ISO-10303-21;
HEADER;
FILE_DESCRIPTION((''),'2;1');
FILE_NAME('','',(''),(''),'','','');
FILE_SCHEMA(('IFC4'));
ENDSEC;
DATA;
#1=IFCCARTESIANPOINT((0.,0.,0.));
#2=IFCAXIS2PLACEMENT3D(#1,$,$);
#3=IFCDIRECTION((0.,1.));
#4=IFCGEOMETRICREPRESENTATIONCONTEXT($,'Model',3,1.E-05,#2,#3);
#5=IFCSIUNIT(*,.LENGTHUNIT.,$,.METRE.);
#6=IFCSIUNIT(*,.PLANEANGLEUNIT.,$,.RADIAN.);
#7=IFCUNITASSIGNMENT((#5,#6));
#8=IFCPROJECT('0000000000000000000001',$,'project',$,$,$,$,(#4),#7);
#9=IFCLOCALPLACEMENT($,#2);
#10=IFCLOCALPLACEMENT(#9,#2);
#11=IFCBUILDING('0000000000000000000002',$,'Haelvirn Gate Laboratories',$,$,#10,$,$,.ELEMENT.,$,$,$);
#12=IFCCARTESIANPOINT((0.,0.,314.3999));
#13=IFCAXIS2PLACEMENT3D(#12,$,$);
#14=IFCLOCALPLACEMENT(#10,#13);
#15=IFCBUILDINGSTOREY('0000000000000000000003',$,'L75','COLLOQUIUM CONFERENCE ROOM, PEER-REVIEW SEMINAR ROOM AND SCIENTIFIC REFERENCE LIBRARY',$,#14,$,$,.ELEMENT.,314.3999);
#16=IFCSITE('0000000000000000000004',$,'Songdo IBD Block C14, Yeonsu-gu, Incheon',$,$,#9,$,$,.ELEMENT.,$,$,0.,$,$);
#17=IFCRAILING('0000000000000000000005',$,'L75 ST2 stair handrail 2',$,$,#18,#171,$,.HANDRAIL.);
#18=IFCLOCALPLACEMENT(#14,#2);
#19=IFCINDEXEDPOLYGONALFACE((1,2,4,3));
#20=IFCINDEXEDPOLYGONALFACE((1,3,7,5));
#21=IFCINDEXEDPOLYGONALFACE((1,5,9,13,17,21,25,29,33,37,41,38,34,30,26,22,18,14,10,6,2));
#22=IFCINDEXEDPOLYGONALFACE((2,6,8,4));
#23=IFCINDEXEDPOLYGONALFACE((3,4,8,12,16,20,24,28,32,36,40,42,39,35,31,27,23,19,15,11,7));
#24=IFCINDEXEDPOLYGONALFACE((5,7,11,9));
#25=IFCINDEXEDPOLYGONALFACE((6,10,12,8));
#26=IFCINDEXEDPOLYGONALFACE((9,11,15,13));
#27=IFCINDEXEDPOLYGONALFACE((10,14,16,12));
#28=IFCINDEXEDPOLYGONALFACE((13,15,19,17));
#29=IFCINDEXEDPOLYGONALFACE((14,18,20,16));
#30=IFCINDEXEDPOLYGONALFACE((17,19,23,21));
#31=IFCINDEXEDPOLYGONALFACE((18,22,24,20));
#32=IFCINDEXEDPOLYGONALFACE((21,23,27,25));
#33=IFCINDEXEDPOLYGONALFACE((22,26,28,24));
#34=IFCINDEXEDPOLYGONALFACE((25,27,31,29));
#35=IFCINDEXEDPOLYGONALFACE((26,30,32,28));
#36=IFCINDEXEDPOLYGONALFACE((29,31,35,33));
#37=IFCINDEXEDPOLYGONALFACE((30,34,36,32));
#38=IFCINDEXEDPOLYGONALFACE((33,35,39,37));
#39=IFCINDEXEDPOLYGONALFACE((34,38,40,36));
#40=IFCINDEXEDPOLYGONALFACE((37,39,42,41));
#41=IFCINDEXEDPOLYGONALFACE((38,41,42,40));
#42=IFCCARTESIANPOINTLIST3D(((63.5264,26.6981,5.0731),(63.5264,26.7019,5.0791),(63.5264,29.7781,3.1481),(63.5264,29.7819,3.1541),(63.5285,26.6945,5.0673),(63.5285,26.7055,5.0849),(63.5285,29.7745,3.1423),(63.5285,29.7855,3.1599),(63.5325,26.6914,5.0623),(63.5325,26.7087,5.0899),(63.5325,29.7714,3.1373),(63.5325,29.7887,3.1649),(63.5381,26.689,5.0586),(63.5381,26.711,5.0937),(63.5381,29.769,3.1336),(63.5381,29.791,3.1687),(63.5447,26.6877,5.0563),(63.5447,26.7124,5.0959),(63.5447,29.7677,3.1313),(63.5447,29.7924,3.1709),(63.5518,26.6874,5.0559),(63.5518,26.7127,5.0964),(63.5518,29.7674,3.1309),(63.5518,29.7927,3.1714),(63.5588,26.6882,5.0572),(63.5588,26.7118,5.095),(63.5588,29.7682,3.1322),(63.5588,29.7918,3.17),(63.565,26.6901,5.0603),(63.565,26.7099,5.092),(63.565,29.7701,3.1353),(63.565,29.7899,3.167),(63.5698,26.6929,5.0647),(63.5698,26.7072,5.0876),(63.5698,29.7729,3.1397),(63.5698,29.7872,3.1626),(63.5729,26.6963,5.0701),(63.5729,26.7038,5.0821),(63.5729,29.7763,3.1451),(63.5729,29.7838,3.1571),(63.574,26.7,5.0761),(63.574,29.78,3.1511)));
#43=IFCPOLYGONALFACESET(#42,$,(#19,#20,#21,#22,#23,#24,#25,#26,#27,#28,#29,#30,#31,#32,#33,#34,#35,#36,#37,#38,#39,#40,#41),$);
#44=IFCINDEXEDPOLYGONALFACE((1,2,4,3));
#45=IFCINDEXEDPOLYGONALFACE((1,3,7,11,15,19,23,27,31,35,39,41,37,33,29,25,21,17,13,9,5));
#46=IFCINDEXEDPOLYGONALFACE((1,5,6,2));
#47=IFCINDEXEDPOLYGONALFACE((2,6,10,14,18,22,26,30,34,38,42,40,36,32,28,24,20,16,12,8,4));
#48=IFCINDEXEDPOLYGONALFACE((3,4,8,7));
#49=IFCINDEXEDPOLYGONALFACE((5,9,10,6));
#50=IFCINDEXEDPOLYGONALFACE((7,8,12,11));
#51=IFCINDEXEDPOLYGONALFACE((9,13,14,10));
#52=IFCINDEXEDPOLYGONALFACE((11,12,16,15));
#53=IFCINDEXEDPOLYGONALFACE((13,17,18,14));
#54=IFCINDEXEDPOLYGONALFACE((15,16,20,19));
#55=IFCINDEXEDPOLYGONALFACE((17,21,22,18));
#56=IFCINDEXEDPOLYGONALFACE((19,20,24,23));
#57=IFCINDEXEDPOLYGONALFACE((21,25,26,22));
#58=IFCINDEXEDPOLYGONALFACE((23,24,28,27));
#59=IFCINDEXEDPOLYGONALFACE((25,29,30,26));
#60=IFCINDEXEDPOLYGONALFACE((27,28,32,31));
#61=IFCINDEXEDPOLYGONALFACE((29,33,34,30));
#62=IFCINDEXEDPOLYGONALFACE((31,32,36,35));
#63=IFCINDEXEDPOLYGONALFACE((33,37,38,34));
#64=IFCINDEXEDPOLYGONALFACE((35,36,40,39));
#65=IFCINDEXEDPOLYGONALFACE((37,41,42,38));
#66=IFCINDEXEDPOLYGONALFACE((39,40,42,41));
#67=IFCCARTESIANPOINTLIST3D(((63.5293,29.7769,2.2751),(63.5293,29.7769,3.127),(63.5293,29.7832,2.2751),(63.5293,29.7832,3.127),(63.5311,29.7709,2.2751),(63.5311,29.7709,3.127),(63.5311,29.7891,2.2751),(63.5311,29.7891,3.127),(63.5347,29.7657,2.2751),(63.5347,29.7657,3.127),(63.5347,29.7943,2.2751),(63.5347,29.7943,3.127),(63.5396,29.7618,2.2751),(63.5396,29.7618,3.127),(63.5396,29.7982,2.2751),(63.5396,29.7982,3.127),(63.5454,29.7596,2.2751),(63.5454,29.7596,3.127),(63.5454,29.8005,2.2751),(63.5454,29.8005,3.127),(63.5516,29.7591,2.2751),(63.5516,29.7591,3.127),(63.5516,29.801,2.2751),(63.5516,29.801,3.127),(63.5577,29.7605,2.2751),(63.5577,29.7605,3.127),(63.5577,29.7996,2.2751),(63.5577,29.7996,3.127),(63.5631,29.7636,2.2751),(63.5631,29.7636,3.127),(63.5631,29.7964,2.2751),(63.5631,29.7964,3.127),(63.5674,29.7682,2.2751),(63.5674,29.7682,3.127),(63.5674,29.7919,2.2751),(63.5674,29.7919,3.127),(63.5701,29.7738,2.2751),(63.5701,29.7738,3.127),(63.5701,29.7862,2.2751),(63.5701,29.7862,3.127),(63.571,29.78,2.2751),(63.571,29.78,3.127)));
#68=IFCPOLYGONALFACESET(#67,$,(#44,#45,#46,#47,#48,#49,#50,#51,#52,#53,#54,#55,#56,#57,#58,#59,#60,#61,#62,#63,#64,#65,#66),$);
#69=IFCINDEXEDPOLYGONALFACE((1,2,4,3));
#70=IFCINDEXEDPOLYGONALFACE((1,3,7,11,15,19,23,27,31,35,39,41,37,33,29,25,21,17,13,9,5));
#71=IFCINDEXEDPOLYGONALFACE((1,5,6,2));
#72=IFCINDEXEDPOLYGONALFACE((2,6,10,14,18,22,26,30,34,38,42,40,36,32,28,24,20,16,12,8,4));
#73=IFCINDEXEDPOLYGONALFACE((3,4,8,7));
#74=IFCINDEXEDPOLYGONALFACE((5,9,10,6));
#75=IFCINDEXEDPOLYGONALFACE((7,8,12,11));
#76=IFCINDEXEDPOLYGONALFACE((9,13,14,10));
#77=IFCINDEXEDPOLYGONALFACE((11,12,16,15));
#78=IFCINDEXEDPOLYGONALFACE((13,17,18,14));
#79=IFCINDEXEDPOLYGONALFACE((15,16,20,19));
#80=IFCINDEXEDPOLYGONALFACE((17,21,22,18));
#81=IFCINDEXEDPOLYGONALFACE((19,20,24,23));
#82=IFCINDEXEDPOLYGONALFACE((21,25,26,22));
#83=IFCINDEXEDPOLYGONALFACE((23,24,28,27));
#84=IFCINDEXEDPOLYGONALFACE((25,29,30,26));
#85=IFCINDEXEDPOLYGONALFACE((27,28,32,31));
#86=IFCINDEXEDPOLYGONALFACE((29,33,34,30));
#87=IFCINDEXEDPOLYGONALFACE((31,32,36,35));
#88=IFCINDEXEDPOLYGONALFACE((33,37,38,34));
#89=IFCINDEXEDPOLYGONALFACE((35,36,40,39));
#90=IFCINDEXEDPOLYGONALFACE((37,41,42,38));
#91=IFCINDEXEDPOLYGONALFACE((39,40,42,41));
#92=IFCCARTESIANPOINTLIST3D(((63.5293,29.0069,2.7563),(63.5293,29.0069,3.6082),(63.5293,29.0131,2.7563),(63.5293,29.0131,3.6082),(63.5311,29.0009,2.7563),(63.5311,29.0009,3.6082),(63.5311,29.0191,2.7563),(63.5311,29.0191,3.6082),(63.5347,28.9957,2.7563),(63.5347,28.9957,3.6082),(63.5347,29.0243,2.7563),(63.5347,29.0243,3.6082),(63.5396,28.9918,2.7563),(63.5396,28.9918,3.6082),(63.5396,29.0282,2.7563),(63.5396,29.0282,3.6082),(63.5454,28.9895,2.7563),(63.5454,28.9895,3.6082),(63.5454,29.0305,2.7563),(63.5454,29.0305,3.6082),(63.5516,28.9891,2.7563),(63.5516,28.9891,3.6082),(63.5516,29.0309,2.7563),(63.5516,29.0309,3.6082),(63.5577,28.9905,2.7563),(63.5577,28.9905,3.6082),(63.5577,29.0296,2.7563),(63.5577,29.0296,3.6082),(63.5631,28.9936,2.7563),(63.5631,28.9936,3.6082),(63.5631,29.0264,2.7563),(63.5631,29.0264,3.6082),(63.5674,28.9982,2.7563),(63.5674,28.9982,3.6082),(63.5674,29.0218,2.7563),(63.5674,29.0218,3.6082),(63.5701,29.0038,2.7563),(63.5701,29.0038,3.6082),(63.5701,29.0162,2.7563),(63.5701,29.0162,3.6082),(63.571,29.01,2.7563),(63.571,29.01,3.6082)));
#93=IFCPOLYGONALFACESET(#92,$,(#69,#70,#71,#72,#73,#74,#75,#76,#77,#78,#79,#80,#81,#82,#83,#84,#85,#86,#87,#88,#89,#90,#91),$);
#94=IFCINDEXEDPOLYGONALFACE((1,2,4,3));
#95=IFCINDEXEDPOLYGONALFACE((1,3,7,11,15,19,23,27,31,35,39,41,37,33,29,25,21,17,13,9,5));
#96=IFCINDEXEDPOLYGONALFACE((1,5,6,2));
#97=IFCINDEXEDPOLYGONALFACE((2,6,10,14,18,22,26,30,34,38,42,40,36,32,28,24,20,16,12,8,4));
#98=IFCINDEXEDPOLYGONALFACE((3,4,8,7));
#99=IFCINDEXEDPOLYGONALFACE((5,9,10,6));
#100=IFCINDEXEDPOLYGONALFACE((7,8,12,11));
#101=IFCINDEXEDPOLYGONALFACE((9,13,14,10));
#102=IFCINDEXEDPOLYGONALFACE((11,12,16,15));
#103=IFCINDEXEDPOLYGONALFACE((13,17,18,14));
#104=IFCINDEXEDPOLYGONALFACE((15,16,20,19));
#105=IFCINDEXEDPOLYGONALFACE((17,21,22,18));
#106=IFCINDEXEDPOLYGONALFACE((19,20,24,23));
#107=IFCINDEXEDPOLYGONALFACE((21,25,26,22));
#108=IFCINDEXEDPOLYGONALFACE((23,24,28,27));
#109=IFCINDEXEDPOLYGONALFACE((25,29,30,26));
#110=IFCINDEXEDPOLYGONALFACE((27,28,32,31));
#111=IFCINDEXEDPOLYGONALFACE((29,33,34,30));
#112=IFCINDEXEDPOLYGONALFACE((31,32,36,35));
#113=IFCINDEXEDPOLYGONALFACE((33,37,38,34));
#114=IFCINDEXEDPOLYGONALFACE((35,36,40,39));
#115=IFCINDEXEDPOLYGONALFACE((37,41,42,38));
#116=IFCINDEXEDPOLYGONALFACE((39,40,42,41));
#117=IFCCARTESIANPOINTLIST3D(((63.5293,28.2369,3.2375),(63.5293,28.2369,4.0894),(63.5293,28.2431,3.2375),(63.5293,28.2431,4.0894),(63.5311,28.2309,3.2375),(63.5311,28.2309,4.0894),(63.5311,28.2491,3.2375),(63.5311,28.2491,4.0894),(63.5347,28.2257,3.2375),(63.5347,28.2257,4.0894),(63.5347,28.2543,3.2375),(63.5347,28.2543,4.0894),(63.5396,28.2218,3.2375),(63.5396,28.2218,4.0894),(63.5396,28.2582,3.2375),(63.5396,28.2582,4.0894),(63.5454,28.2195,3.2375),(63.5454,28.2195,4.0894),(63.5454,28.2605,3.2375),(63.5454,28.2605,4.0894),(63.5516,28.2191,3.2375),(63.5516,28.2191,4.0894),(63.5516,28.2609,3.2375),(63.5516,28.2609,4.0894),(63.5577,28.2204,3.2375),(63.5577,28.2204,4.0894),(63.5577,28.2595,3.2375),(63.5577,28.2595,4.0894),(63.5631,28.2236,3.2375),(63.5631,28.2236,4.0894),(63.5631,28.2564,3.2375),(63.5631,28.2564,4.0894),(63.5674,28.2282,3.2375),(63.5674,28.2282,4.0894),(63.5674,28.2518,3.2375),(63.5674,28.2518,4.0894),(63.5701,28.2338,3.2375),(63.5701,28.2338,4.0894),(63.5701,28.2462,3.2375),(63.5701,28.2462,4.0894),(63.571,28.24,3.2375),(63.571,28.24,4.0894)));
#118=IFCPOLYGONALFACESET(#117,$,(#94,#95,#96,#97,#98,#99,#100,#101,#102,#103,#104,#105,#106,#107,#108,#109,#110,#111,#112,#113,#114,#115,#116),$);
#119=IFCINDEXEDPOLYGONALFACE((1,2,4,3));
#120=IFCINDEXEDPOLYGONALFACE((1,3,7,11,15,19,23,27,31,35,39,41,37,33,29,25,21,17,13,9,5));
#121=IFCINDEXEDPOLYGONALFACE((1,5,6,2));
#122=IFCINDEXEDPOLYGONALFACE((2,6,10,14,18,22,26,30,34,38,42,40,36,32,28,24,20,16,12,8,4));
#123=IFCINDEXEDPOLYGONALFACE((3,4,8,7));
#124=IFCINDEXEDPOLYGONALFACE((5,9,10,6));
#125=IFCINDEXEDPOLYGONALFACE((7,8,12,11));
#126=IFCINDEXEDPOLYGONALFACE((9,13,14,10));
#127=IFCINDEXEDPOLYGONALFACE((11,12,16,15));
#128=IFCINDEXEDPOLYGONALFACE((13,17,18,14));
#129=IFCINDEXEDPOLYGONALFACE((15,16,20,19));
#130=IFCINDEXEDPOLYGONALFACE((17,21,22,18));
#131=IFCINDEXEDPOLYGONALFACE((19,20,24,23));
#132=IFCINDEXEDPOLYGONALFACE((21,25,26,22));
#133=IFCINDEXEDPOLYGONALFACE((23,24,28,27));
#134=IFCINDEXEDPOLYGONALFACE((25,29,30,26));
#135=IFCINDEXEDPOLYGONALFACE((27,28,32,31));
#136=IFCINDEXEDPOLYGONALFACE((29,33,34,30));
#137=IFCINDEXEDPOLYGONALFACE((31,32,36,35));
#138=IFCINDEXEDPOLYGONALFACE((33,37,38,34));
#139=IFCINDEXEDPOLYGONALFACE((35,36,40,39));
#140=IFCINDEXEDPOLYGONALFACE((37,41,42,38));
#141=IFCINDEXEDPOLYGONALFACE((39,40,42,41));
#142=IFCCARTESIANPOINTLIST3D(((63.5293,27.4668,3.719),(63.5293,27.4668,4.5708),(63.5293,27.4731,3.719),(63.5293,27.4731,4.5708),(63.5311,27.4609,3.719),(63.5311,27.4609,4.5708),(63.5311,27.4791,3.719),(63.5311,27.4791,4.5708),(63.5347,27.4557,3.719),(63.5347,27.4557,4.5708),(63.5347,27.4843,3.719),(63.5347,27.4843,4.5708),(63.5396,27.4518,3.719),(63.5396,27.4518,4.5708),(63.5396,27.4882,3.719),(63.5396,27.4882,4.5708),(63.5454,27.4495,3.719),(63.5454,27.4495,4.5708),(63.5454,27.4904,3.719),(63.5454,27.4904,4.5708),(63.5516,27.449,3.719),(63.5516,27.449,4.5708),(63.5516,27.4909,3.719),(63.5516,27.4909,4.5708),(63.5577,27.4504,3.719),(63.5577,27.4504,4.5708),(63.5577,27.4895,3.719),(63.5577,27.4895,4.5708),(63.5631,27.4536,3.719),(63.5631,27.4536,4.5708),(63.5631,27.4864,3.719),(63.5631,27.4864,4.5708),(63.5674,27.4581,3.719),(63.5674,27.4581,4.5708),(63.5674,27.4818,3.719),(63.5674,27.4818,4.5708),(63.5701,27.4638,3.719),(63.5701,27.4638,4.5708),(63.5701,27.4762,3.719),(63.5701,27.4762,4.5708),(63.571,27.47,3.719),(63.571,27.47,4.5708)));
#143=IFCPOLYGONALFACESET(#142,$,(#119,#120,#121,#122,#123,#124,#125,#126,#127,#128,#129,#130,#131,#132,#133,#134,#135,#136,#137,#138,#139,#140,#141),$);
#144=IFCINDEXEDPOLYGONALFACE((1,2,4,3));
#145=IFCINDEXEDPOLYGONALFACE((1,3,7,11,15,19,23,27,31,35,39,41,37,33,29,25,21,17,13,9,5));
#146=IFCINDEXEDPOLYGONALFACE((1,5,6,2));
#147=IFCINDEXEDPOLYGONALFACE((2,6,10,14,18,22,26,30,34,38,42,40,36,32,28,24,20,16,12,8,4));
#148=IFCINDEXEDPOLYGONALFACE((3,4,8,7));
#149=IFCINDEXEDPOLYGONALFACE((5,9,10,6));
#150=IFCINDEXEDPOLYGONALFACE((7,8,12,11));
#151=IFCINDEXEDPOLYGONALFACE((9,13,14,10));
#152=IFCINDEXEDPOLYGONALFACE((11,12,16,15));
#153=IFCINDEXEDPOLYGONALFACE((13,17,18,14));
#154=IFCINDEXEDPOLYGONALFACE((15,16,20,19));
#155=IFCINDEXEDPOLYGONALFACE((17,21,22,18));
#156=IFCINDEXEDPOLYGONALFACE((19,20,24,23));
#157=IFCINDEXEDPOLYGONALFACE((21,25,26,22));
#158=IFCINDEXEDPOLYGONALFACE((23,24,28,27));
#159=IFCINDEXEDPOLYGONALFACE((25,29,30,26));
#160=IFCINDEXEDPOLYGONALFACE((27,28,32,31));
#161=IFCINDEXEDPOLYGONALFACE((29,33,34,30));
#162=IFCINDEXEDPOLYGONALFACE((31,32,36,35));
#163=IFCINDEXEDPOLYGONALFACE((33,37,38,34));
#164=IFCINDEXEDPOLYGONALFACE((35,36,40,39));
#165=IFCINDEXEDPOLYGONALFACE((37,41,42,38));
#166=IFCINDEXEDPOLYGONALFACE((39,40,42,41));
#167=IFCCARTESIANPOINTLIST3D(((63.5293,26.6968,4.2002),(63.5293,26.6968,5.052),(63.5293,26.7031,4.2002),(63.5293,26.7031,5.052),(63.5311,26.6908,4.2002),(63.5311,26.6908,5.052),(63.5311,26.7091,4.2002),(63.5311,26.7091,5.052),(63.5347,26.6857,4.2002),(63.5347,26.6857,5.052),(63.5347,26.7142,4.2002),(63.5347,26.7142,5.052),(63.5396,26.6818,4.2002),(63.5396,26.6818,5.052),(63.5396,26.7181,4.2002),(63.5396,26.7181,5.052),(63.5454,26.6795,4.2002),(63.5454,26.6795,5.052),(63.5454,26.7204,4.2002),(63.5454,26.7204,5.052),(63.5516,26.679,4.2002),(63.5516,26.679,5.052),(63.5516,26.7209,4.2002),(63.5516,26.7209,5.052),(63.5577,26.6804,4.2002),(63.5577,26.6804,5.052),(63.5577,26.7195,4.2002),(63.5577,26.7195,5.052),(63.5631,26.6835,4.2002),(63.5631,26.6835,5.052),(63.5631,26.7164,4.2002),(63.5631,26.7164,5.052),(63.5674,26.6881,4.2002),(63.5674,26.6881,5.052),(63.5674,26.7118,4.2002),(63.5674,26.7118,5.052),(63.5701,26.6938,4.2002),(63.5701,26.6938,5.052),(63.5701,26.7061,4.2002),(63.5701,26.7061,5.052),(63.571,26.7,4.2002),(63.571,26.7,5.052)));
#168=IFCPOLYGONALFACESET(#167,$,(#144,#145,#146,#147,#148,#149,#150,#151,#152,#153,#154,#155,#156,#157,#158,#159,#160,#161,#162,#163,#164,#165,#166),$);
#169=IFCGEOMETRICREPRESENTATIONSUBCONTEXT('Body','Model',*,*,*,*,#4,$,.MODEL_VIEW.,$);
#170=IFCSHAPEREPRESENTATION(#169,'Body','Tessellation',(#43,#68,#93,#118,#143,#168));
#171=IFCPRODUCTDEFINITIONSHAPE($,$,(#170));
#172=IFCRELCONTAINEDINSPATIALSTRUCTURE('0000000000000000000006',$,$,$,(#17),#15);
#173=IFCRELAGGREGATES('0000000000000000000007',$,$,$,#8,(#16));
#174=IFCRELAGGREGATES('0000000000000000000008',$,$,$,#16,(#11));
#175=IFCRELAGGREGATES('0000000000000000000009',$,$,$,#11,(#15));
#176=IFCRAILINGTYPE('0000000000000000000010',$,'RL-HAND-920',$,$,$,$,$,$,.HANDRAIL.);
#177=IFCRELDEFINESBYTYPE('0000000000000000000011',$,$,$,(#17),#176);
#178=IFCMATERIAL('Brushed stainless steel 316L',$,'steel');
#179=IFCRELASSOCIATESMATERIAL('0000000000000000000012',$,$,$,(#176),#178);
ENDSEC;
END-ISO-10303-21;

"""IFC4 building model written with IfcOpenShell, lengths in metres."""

from ifc_helpers import new_model, si_unit, direction, frame, origin, origin_2d, place, context, subcontext, project, spatial, circle, extrude, source, transform, mapped, material, type_object, element, save


model = new_model("IFC4")

# Units and contexts
model_context = context("Model", 3, precision=1e-05, world=origin(), true_north=direction((0.0, 1.0)))
body_context = subcontext(model_context, "Body", "Model", "MODEL_VIEW")
ifc_project = project(units=[si_unit("LENGTHUNIT", "METRE"), si_unit("PLANEANGLEUNIT", "RADIAN")], contexts=[model_context])

# Site, building, storey
site_placement = place(None, origin())
site = spatial("IfcSite", under=ifc_project, at=site_placement, Name="Songdo IBD Block C14, Yeonsu-gu, Incheon", CompositionType="ELEMENT", RefElevation=0.0)
building_placement = place(site_placement, origin())
building = spatial("IfcBuilding", under=site, at=building_placement, Name="Haelvirn Gate Laboratories", CompositionType="ELEMENT")
storey_placement = place(building_placement, frame((0.0, 0.0, 314.3999)))
storey = spatial("IfcBuildingStorey", under=building, at=storey_placement, Name="L75", Description="COLLOQUIUM CONFERENCE ROOM, PEER-REVIEW SEMINAR ROOM AND SCIENTIFIC REFERENCE LIBRARY", CompositionType="ELEMENT", Elevation=314.3999)

# Railing
ifc_material_1 = material(Name="Brushed stainless steel 316L", Category="steel")
railing_type_1 = type_object("IfcRailingType", Name="RL-HAND-920", PredefinedType="HANDRAIL", material=ifc_material_1)
shared_shape_1 = source(origin(), body_context, "Body", "SweptSolid", [
    extrude(circle(Radius=0.0239, at=origin_2d()), frame((0.0, 0.0, 0.876), z_axis=(0.0, -0.847998, 0.529999), x_axis=(1.0, 0.0, 0.0)), (0.0, 0.0, 1.0), 3.6321),
    extrude(circle(Radius=0.021, at=origin_2d()), origin(), (0.0, 0.0, 1.0), 0.8518),
    extrude(circle(Radius=0.021, at=origin_2d()), frame((0.0, -0.77, 0.4812)), (0.0, 0.0, 1.0), 0.8518),
    extrude(circle(Radius=0.021, at=origin_2d()), frame((0.0, -1.54, 0.9624)), (0.0, 0.0, 1.0), 0.8518),
    extrude(circle(Radius=0.021, at=origin_2d()), frame((0.0, -2.3101, 1.4438)), (0.0, 0.0, 1.0), 0.8518),
    extrude(circle(Radius=0.021, at=origin_2d()), frame((0.0, -3.0801, 1.925)), (0.0, 0.0, 1.0), 0.8518),
])
railing_1_placement = place(storey_placement, frame((63.55, 29.78, 2.2751)))
element("IfcRailing", 1, at=railing_1_placement, inside=storey, type_object=railing_type_1, Name="L75 ST2 stair handrail 2", PredefinedType="HANDRAIL", context=body_context, shape_type="MappedRepresentation", body=[
    mapped(shared_shape_1, transform((0.0, 0.0, 0.0), scale=1.0)),
])

save(model, "model.ifc")
